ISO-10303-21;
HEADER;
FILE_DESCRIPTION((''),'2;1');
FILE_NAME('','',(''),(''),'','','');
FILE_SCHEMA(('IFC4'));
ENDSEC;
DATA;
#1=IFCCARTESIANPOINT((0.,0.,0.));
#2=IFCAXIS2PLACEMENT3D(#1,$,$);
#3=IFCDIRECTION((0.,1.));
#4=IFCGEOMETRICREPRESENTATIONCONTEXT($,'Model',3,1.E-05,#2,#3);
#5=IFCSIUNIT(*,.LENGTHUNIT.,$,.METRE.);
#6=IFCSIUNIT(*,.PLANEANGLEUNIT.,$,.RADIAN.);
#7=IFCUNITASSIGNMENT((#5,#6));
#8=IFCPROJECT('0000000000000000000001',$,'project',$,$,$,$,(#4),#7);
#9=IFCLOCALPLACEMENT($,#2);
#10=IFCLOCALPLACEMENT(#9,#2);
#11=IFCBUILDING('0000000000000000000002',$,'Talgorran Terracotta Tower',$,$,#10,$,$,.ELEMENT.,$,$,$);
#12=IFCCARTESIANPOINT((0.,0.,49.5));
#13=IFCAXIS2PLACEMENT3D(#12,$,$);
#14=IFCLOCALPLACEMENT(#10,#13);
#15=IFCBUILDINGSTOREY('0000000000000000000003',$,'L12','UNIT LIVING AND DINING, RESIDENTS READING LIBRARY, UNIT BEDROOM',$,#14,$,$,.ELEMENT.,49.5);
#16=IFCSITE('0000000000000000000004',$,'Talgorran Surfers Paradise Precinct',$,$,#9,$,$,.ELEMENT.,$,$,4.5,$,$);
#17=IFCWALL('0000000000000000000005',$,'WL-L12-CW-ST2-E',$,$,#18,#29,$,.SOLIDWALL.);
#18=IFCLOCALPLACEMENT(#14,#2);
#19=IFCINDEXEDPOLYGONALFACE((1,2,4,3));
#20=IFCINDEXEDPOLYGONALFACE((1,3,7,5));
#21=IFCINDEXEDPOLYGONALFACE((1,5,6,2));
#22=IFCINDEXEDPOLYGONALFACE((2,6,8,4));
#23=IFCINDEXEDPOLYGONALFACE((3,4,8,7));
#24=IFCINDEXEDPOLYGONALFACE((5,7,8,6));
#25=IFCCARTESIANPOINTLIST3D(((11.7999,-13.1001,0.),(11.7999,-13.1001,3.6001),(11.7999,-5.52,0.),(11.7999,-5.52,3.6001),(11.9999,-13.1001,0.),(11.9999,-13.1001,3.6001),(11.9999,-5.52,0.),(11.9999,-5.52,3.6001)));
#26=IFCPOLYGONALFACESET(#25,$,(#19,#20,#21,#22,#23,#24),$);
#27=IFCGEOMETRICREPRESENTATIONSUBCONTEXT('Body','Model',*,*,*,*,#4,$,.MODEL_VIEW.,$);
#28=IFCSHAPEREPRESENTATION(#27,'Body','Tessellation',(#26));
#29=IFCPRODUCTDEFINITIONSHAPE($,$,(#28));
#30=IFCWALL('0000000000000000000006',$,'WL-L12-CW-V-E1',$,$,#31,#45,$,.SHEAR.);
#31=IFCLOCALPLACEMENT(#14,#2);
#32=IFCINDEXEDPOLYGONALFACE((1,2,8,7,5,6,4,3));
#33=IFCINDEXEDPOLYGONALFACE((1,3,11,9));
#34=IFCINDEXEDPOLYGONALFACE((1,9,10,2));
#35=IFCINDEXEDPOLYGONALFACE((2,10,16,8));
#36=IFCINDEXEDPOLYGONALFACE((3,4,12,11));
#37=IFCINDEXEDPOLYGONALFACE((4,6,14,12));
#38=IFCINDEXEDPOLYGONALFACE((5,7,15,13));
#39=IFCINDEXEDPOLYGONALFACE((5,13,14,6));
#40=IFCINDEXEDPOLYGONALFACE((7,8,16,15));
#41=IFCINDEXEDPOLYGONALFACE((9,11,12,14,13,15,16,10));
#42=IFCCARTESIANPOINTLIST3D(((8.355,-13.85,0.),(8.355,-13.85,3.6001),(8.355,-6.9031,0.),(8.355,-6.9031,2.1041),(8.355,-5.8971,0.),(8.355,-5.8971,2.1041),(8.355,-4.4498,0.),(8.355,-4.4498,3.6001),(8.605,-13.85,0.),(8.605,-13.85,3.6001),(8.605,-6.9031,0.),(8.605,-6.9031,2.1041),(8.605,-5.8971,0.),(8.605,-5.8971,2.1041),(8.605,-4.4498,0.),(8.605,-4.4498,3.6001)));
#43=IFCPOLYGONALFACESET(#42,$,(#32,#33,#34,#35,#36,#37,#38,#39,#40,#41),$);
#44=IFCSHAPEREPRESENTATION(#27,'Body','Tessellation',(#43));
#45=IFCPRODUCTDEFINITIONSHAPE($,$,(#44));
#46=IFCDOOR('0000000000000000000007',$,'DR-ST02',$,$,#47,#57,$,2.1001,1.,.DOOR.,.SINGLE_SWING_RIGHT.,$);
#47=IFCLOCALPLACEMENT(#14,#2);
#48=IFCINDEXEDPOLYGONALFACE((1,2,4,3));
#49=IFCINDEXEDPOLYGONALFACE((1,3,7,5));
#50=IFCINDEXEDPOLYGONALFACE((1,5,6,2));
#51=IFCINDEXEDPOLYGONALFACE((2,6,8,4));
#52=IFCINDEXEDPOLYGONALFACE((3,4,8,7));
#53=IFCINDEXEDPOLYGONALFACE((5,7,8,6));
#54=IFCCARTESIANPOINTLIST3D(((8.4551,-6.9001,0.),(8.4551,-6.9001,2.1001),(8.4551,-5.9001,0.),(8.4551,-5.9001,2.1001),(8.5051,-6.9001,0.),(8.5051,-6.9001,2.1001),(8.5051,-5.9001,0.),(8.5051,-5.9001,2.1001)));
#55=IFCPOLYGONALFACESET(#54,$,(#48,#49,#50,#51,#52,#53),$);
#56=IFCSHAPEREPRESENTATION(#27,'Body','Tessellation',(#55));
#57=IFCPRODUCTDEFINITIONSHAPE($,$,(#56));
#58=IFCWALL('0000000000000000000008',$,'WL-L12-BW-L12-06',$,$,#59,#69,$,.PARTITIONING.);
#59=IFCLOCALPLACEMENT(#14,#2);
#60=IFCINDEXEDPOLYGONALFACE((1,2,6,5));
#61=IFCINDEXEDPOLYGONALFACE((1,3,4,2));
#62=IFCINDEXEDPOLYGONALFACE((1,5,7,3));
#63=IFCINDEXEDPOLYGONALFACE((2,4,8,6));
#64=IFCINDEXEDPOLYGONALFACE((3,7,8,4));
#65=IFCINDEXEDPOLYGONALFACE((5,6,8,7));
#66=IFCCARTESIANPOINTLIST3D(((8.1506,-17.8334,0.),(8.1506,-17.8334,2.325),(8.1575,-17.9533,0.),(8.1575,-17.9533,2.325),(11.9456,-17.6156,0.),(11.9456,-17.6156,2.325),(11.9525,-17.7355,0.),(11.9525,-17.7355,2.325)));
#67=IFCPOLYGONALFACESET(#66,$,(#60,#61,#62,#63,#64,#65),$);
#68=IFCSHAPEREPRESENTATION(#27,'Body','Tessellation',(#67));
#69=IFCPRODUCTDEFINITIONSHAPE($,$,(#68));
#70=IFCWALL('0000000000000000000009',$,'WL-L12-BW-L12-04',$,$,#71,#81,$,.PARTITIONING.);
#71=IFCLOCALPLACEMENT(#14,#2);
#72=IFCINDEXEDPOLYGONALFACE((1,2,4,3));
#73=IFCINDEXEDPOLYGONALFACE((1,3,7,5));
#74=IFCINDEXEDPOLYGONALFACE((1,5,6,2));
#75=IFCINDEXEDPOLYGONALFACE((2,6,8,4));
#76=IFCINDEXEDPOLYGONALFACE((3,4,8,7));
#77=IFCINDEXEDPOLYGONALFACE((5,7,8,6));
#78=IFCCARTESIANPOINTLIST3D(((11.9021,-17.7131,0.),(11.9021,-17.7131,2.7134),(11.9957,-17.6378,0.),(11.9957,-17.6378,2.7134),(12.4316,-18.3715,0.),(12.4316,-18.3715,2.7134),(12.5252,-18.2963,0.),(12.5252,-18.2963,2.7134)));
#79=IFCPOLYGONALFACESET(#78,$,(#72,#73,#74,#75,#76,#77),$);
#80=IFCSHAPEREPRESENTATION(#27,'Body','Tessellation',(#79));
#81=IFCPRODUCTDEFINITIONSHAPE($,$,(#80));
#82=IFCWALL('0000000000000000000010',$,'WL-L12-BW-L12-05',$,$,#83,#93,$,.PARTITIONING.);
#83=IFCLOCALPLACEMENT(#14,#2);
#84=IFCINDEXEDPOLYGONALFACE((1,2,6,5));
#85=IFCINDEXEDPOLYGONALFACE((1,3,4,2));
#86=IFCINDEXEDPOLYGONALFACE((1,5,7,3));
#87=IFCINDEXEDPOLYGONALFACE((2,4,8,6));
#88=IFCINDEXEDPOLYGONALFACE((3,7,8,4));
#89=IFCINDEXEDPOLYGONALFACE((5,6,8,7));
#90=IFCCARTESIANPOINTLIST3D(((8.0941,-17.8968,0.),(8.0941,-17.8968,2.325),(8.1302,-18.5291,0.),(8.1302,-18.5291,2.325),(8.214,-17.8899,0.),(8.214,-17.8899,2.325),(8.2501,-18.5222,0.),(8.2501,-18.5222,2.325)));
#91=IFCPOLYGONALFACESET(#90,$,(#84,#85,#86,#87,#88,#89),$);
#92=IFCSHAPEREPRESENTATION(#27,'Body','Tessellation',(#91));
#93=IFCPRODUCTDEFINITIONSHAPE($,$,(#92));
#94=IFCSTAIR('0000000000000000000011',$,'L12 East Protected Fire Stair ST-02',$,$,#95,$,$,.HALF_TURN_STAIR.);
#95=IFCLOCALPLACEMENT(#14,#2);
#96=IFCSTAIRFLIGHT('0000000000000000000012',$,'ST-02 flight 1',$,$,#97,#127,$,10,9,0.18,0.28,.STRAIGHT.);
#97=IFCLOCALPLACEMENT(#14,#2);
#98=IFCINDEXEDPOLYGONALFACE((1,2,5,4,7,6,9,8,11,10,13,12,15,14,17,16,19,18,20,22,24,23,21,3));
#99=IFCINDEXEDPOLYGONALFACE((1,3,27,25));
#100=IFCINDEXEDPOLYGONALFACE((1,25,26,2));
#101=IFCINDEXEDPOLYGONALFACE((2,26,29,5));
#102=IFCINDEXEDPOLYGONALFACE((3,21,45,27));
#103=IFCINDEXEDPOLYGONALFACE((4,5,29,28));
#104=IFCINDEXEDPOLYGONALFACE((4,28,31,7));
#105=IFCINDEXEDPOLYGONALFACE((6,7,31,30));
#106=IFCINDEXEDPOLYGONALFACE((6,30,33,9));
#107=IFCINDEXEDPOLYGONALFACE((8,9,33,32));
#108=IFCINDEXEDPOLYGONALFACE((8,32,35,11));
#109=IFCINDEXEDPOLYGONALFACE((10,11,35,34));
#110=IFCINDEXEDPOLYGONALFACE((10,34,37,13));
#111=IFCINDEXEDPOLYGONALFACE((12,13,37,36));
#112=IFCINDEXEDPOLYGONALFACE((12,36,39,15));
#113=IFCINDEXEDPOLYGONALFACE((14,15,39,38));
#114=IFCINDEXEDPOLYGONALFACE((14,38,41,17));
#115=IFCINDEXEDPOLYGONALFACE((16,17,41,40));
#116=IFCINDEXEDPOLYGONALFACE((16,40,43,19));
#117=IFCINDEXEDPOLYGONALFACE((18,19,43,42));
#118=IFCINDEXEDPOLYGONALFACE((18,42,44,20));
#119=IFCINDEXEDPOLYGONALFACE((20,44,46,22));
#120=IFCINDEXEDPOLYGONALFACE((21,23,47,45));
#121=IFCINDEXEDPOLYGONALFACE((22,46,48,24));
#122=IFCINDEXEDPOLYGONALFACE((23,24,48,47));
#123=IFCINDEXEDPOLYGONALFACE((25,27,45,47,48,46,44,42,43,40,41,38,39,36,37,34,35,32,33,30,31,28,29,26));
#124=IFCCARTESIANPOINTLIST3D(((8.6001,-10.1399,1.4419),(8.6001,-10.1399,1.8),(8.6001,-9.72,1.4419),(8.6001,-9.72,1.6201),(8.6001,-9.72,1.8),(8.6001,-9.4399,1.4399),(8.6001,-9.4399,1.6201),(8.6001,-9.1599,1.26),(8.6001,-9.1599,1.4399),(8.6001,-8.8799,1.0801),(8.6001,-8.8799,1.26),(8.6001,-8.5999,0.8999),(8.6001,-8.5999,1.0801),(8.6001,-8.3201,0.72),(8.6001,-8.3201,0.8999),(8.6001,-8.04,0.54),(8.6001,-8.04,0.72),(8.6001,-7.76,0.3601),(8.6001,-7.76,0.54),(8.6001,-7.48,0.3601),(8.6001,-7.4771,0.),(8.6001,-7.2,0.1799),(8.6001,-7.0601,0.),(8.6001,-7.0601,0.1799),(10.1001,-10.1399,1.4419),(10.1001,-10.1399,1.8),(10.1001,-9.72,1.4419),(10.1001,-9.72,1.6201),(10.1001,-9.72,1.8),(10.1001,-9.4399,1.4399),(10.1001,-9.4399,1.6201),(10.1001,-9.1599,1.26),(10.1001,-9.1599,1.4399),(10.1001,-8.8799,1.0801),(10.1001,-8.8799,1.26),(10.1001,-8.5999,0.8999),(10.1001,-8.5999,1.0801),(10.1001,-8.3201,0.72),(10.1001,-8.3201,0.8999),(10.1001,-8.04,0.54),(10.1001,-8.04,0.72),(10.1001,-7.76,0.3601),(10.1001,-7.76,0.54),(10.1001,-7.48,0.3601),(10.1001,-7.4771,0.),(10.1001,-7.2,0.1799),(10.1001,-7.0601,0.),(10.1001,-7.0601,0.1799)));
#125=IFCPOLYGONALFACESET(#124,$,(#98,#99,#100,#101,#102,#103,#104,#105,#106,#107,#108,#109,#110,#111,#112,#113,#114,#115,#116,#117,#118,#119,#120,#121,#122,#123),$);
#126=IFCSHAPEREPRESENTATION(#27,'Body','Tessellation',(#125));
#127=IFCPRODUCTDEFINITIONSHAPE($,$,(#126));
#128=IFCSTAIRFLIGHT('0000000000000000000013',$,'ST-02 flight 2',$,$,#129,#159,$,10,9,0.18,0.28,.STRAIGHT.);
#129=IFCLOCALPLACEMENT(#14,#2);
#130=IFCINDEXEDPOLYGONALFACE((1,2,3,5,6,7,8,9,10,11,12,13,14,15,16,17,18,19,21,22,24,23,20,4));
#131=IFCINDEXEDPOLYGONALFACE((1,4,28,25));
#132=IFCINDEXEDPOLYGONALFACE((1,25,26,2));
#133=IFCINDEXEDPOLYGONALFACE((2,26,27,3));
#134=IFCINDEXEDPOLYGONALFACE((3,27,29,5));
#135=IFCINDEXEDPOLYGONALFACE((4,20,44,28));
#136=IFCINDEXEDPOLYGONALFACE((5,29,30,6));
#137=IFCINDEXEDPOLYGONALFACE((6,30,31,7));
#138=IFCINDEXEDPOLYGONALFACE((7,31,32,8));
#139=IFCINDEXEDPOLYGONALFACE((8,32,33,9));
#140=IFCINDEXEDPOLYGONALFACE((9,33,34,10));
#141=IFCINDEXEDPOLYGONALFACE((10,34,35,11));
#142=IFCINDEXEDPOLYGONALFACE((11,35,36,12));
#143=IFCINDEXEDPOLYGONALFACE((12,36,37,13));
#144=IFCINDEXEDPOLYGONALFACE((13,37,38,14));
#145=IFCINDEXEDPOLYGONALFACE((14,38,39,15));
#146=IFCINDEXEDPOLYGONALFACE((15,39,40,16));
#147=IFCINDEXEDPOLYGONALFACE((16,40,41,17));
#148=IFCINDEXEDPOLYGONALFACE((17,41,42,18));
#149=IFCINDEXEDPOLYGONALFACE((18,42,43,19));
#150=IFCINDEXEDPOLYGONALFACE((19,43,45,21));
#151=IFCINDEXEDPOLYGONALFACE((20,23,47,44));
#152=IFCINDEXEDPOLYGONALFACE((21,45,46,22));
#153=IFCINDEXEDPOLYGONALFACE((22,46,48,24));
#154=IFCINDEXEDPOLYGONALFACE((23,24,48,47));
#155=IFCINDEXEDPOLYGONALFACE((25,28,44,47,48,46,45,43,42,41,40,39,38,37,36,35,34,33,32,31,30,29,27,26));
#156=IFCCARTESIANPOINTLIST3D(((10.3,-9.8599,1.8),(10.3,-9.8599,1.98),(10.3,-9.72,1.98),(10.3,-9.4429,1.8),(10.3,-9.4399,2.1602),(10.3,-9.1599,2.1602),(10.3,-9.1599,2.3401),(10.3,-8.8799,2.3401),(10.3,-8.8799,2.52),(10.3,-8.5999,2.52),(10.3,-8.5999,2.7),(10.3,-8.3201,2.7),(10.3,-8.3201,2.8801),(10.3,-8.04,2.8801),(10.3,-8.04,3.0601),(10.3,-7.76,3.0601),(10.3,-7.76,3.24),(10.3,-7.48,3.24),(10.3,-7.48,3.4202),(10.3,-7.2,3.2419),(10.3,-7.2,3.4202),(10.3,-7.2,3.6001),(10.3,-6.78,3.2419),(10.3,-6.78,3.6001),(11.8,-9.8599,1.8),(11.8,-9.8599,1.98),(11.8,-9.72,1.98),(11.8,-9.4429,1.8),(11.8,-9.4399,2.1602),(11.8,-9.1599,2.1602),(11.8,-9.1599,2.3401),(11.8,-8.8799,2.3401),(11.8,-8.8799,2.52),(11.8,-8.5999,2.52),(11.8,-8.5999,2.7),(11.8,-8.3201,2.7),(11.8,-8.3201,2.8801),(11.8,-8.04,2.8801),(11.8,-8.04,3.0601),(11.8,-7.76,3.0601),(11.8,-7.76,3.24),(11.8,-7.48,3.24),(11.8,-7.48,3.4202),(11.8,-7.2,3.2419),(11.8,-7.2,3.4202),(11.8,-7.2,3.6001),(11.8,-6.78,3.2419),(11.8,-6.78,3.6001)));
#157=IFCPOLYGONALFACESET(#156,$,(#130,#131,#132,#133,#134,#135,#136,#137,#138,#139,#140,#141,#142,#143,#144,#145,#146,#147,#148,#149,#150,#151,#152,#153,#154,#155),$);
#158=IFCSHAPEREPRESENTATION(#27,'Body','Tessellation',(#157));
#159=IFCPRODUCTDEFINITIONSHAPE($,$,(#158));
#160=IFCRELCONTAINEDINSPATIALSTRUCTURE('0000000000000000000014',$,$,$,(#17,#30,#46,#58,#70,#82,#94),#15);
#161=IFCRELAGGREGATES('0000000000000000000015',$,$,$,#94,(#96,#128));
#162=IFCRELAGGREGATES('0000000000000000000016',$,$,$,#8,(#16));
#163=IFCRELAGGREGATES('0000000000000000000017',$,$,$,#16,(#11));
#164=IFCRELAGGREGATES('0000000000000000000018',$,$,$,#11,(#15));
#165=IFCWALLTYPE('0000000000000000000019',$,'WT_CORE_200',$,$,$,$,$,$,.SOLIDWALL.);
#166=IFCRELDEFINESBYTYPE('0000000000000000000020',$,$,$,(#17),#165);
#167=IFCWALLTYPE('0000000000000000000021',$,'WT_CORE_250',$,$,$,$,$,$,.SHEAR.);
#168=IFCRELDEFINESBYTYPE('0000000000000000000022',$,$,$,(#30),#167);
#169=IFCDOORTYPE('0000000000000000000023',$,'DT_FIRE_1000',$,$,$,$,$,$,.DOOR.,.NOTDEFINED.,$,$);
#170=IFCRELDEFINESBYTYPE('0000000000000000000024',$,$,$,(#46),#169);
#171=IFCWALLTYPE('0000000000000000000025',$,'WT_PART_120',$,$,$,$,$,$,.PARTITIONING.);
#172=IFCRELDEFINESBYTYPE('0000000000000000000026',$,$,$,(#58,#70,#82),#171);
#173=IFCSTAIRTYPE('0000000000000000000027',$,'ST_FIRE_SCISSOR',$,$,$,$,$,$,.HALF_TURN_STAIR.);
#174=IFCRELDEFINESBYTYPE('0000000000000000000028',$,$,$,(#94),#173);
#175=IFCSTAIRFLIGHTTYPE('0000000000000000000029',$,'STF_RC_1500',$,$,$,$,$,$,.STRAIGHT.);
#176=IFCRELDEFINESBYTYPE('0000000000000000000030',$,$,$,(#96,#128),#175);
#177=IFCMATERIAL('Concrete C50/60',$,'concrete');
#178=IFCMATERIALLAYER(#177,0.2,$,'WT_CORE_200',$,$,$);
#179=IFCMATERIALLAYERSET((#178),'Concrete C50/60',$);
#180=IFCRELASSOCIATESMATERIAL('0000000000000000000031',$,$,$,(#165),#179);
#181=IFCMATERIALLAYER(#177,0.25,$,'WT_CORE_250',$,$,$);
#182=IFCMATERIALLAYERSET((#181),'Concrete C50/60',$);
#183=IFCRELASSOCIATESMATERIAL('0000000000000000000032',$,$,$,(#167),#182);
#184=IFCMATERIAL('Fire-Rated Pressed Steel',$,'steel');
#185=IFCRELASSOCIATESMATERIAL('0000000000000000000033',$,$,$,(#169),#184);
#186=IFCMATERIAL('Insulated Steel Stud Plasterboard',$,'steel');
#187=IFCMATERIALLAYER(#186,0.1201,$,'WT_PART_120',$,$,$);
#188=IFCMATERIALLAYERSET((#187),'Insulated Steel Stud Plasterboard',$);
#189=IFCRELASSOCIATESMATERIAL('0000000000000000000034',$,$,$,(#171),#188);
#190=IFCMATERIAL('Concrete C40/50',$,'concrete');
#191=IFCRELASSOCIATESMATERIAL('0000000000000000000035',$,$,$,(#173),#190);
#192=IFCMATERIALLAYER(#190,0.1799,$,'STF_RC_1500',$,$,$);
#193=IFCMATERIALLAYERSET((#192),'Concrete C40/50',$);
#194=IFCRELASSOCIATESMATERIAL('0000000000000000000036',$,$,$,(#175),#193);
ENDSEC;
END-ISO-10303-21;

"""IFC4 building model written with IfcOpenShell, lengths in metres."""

from ifc_helpers import new_model, si_unit, direction, frame, frame_2d, origin, place, context, subcontext, project, spatial, polyline, rectangle, outline, extrude, material, layer, layer_set, type_object, element, fill, aggregate, save


model = new_model("IFC4")

# Units and contexts
model_context = context("Model", 3, precision=1e-05, world=origin(), true_north=direction((0.0, 1.0)))
body_context = subcontext(model_context, "Body", "Model", "MODEL_VIEW")
ifc_project = project(units=[si_unit("LENGTHUNIT", "METRE"), si_unit("PLANEANGLEUNIT", "RADIAN")], contexts=[model_context])

# Site, building, storey
site_placement = place(None, origin())
site = spatial("IfcSite", under=ifc_project, at=site_placement, Name="Talgorran Surfers Paradise Precinct", CompositionType="ELEMENT", RefElevation=4.5)
building_placement = place(site_placement, origin())
building = spatial("IfcBuilding", under=site, at=building_placement, Name="Talgorran Terracotta Tower", CompositionType="ELEMENT")
storey_placement = place(building_placement, frame((0.0, 0.0, 49.5)))
storey = spatial("IfcBuildingStorey", under=building, at=storey_placement, Name="L12", Description="UNIT LIVING AND DINING, RESIDENTS READING LIBRARY, UNIT BEDROOM", CompositionType="ELEMENT", Elevation=49.5)

# Wall
ifc_material_1 = material(Name="Concrete C50/60", Category="concrete")
ifc_layer_1 = layer(ifc_material_1, 0.2, Name="WT_CORE_200")
ifc_layer_set_1 = layer_set([ifc_layer_1], Name="Concrete C50/60")
wall_type_1 = type_object("IfcWallType", Name="WT_CORE_200", PredefinedType="SOLIDWALL", material=ifc_layer_set_1)
wall_1_placement = place(storey_placement, frame((11.8999, -13.1001, 0.0), z_axis=(0.0, 0.0, 1.0), x_axis=(0.0, 1.0, 0.0)))
element("IfcWall", 1, at=wall_1_placement, inside=storey, type_object=wall_type_1, Name="WL-L12-CW-ST2-E", PredefinedType="SOLIDWALL", context=body_context, shape_type="SweptSolid", body=[
    extrude(rectangle(XDim=7.5801, YDim=0.2, at=frame_2d((3.79, 0.0))), origin(), (0.0, 0.0, 1.0), 3.6001),
])

# Wall, opening, door
ifc_layer_2 = layer(ifc_material_1, 0.25, Name="WT_CORE_250")
ifc_layer_set_2 = layer_set([ifc_layer_2], Name="Concrete C50/60")
wall_type_2 = type_object("IfcWallType", Name="WT_CORE_250", PredefinedType="SHEAR", material=ifc_layer_set_2)
wall_2_placement = place(storey_placement, frame((8.48, -13.8501, 0.0), z_axis=(0.0, 0.0, 1.0), x_axis=(0.0, 1.0, 0.0)))
wall_2 = element("IfcWall", 2, at=wall_2_placement, inside=storey, type_object=wall_type_2, Name="WL-L12-CW-V-E1", PredefinedType="SHEAR", context=body_context, shape_type="SweptSolid", body=[
    extrude(rectangle(XDim=9.4001, YDim=0.25, at=frame_2d((4.7002, 0.0))), origin(), (0.0, 0.0, 1.0), 3.6001),
])
opening_placement = place(wall_2_placement, frame((6.95, 0.0, 0.0)))
opening = element("IfcOpeningElement", 3, at=opening_placement, cuts=wall_2, PredefinedType="OPENING", context=body_context, shape_type="SweptSolid", body=[
    extrude(rectangle(XDim=1.006, YDim=2.1041, at=frame_2d((0.5, 1.052))), frame((0.0, 0.135, 0.0), z_axis=(0.0, -1.0, 0.0), x_axis=(1.0, 0.0, 0.0)), (0.0, 0.0, 1.0), 0.27),
])
ifc_material_2 = material(Name="Fire-Rated Pressed Steel", Category="steel")
door_type = type_object("IfcDoorType", Name="DT_FIRE_1000", OperationType="NOTDEFINED", PredefinedType="DOOR", material=ifc_material_2)
door_placement = place(opening_placement, origin())
door = element("IfcDoor", 4, at=door_placement, inside=storey, type_object=door_type, Name="DR-ST02", OperationType="SINGLE_SWING_RIGHT", OverallHeight=2.1001, OverallWidth=1.0, PredefinedType="DOOR", context=body_context, shape_type="SweptSolid", body=[
    extrude(rectangle(XDim=1.0, YDim=2.1001, at=frame_2d((0.5, 1.05))), frame((0.0, 0.0249, 0.0), z_axis=(0.0, -1.0, 0.0), x_axis=(1.0, 0.0, 0.0)), (0.0, 0.0, 1.0), 0.05),
])
fill(opening, door)

# Walls
ifc_material_3 = material(Name="Insulated Steel Stud Plasterboard", Category="steel")
ifc_layer_3 = layer(ifc_material_3, 0.1201, Name="WT_PART_120")
ifc_layer_set_3 = layer_set([ifc_layer_3], Name="Insulated Steel Stud Plasterboard")
wall_type_3 = type_object("IfcWallType", Name="WT_PART_120", PredefinedType="PARTITIONING", material=ifc_layer_set_3)
wall_3_placement = place(storey_placement, frame((8.1541, -17.8933, 0.0), z_axis=(0.0, 0.0, 1.0), x_axis=(0.998358, 0.057291, 0.0)))
element("IfcWall", 5, at=wall_3_placement, inside=storey, type_object=wall_type_3, Name="WL-L12-BW-L12-06", PredefinedType="PARTITIONING", context=body_context, shape_type="SweptSolid", body=[
    extrude(rectangle(XDim=3.8013, YDim=0.1201, at=frame_2d((1.9006, 0.0))), origin(), (0.0, 0.0, 1.0), 2.325),
])
wall_4_placement = place(storey_placement, frame((11.949, -17.6755, 0.0), z_axis=(0.0, 0.0, 1.0), x_axis=(0.626701, -0.779259, 0.0)))
element("IfcWall", 6, at=wall_4_placement, inside=storey, type_object=wall_type_3, Name="WL-L12-BW-L12-04", PredefinedType="PARTITIONING", context=body_context, shape_type="SweptSolid", body=[
    extrude(rectangle(XDim=0.845, YDim=0.1201, at=frame_2d((0.4224, 0.0))), origin(), (0.0, 0.0, 1.0), 2.7134),
])
wall_5_placement = place(storey_placement, frame((8.1902, -18.5256, 0.0), z_axis=(0.0, 0.0, 1.0), x_axis=(-0.05705, 0.998371, 0.0)))
element("IfcWall", 7, at=wall_5_placement, inside=storey, type_object=wall_type_3, Name="WL-L12-BW-L12-05", PredefinedType="PARTITIONING", context=body_context, shape_type="SweptSolid", body=[
    extrude(rectangle(XDim=0.6333, YDim=0.1201, at=frame_2d((0.3167, 0.0))), origin(), (0.0, 0.0, 1.0), 2.325),
])

# Stair, stair flights
ifc_material_4 = material(Name="Concrete C40/50", Category="concrete")
stair_type = type_object("IfcStairType", Name="ST_FIRE_SCISSOR", PredefinedType="HALF_TURN_STAIR", material=ifc_material_4)
stair_placement = place(storey_placement, origin())
stair = element("IfcStair", 8, at=stair_placement, inside=storey, type_object=stair_type, Name="L12 East Protected Fire Stair ST-02", PredefinedType="HALF_TURN_STAIR")
ifc_layer_4 = layer(ifc_material_4, 0.1799, Name="STF_RC_1500")
ifc_layer_set_4 = layer_set([ifc_layer_4], Name="Concrete C40/50")
stair_flight_type = type_object("IfcStairFlightType", Name="STF_RC_1500", PredefinedType="STRAIGHT", material=ifc_layer_set_4)
stair_flight_1_placement = place(storey_placement, frame((9.3501, -7.2, 0.0), z_axis=(0.0, 0.0, 1.0), x_axis=(0.0, -1.0, 0.0)))
stair_flight_1 = element("IfcStairFlight", 9, at=stair_flight_1_placement, type_object=stair_flight_type, Name="ST-02 flight 1", NumberOfRisers=10, NumberOfTreads=9, PredefinedType="STRAIGHT", RiserHeight=0.18, TreadLength=0.28, context=body_context, shape_type="SweptSolid", body=[
    extrude(outline(polyline([(-0.1399, 0.0), (-0.1399, 0.1799), (0.0, 0.1799), (0.28, 0.3601), (0.5601, 0.3601), (0.5601, 0.54), (0.8401, 0.54), (0.8401, 0.72), (1.1201, 0.72), (1.1201, 0.8999), (1.3999, 0.8999), (1.3999, 1.0801), (1.6799, 1.0801), (1.6799, 1.26), (1.96, 1.26), (1.96, 1.4399), (2.24, 1.4399), (2.24, 1.6201), (2.52, 1.6201), (2.52, 1.8), (2.9399, 1.8), (2.9399, 1.4419), (2.52, 1.4419), (0.2771, 0.0), (-0.1399, 0.0)])), frame((0.0, 0.75, 0.0), z_axis=(0.0, -1.0, 0.0), x_axis=(1.0, 0.0, 0.0)), (0.0, 0.0, 1.0), 1.5),
])
stair_flight_2_placement = place(storey_placement, frame((11.05, -9.72, 1.8), z_axis=(0.0, 0.0, 1.0), x_axis=(0.0, 1.0, 0.0)))
stair_flight_2 = element("IfcStairFlight", 10, at=stair_flight_2_placement, type_object=stair_flight_type, Name="ST-02 flight 2", NumberOfRisers=10, NumberOfTreads=9, PredefinedType="STRAIGHT", RiserHeight=0.18, TreadLength=0.28, context=body_context, shape_type="SweptSolid", body=[
    extrude(outline(polyline([(-0.1399, 0.0), (-0.1399, 0.1799), (0.0, 0.1799), (0.28, 0.3601), (0.5601, 0.3601), (0.5601, 0.54), (0.8401, 0.54), (0.8401, 0.72), (1.1201, 0.72), (1.1201, 0.8999), (1.3999, 0.8999), (1.3999, 1.0801), (1.6799, 1.0801), (1.6799, 1.26), (1.96, 1.26), (1.96, 1.4399), (2.24, 1.4399), (2.24, 1.6201), (2.52, 1.6201), (2.52, 1.8), (2.9399, 1.8), (2.9399, 1.4419), (2.52, 1.4419), (0.2771, 0.0), (-0.1399, 0.0)])), frame((0.0, 0.75, 0.0), z_axis=(0.0, -1.0, 0.0), x_axis=(1.0, 0.0, 0.0)), (0.0, 0.0, 1.0), 1.5),
])
aggregate(stair, [stair_flight_1, stair_flight_2])

save(model, "model.ifc")
